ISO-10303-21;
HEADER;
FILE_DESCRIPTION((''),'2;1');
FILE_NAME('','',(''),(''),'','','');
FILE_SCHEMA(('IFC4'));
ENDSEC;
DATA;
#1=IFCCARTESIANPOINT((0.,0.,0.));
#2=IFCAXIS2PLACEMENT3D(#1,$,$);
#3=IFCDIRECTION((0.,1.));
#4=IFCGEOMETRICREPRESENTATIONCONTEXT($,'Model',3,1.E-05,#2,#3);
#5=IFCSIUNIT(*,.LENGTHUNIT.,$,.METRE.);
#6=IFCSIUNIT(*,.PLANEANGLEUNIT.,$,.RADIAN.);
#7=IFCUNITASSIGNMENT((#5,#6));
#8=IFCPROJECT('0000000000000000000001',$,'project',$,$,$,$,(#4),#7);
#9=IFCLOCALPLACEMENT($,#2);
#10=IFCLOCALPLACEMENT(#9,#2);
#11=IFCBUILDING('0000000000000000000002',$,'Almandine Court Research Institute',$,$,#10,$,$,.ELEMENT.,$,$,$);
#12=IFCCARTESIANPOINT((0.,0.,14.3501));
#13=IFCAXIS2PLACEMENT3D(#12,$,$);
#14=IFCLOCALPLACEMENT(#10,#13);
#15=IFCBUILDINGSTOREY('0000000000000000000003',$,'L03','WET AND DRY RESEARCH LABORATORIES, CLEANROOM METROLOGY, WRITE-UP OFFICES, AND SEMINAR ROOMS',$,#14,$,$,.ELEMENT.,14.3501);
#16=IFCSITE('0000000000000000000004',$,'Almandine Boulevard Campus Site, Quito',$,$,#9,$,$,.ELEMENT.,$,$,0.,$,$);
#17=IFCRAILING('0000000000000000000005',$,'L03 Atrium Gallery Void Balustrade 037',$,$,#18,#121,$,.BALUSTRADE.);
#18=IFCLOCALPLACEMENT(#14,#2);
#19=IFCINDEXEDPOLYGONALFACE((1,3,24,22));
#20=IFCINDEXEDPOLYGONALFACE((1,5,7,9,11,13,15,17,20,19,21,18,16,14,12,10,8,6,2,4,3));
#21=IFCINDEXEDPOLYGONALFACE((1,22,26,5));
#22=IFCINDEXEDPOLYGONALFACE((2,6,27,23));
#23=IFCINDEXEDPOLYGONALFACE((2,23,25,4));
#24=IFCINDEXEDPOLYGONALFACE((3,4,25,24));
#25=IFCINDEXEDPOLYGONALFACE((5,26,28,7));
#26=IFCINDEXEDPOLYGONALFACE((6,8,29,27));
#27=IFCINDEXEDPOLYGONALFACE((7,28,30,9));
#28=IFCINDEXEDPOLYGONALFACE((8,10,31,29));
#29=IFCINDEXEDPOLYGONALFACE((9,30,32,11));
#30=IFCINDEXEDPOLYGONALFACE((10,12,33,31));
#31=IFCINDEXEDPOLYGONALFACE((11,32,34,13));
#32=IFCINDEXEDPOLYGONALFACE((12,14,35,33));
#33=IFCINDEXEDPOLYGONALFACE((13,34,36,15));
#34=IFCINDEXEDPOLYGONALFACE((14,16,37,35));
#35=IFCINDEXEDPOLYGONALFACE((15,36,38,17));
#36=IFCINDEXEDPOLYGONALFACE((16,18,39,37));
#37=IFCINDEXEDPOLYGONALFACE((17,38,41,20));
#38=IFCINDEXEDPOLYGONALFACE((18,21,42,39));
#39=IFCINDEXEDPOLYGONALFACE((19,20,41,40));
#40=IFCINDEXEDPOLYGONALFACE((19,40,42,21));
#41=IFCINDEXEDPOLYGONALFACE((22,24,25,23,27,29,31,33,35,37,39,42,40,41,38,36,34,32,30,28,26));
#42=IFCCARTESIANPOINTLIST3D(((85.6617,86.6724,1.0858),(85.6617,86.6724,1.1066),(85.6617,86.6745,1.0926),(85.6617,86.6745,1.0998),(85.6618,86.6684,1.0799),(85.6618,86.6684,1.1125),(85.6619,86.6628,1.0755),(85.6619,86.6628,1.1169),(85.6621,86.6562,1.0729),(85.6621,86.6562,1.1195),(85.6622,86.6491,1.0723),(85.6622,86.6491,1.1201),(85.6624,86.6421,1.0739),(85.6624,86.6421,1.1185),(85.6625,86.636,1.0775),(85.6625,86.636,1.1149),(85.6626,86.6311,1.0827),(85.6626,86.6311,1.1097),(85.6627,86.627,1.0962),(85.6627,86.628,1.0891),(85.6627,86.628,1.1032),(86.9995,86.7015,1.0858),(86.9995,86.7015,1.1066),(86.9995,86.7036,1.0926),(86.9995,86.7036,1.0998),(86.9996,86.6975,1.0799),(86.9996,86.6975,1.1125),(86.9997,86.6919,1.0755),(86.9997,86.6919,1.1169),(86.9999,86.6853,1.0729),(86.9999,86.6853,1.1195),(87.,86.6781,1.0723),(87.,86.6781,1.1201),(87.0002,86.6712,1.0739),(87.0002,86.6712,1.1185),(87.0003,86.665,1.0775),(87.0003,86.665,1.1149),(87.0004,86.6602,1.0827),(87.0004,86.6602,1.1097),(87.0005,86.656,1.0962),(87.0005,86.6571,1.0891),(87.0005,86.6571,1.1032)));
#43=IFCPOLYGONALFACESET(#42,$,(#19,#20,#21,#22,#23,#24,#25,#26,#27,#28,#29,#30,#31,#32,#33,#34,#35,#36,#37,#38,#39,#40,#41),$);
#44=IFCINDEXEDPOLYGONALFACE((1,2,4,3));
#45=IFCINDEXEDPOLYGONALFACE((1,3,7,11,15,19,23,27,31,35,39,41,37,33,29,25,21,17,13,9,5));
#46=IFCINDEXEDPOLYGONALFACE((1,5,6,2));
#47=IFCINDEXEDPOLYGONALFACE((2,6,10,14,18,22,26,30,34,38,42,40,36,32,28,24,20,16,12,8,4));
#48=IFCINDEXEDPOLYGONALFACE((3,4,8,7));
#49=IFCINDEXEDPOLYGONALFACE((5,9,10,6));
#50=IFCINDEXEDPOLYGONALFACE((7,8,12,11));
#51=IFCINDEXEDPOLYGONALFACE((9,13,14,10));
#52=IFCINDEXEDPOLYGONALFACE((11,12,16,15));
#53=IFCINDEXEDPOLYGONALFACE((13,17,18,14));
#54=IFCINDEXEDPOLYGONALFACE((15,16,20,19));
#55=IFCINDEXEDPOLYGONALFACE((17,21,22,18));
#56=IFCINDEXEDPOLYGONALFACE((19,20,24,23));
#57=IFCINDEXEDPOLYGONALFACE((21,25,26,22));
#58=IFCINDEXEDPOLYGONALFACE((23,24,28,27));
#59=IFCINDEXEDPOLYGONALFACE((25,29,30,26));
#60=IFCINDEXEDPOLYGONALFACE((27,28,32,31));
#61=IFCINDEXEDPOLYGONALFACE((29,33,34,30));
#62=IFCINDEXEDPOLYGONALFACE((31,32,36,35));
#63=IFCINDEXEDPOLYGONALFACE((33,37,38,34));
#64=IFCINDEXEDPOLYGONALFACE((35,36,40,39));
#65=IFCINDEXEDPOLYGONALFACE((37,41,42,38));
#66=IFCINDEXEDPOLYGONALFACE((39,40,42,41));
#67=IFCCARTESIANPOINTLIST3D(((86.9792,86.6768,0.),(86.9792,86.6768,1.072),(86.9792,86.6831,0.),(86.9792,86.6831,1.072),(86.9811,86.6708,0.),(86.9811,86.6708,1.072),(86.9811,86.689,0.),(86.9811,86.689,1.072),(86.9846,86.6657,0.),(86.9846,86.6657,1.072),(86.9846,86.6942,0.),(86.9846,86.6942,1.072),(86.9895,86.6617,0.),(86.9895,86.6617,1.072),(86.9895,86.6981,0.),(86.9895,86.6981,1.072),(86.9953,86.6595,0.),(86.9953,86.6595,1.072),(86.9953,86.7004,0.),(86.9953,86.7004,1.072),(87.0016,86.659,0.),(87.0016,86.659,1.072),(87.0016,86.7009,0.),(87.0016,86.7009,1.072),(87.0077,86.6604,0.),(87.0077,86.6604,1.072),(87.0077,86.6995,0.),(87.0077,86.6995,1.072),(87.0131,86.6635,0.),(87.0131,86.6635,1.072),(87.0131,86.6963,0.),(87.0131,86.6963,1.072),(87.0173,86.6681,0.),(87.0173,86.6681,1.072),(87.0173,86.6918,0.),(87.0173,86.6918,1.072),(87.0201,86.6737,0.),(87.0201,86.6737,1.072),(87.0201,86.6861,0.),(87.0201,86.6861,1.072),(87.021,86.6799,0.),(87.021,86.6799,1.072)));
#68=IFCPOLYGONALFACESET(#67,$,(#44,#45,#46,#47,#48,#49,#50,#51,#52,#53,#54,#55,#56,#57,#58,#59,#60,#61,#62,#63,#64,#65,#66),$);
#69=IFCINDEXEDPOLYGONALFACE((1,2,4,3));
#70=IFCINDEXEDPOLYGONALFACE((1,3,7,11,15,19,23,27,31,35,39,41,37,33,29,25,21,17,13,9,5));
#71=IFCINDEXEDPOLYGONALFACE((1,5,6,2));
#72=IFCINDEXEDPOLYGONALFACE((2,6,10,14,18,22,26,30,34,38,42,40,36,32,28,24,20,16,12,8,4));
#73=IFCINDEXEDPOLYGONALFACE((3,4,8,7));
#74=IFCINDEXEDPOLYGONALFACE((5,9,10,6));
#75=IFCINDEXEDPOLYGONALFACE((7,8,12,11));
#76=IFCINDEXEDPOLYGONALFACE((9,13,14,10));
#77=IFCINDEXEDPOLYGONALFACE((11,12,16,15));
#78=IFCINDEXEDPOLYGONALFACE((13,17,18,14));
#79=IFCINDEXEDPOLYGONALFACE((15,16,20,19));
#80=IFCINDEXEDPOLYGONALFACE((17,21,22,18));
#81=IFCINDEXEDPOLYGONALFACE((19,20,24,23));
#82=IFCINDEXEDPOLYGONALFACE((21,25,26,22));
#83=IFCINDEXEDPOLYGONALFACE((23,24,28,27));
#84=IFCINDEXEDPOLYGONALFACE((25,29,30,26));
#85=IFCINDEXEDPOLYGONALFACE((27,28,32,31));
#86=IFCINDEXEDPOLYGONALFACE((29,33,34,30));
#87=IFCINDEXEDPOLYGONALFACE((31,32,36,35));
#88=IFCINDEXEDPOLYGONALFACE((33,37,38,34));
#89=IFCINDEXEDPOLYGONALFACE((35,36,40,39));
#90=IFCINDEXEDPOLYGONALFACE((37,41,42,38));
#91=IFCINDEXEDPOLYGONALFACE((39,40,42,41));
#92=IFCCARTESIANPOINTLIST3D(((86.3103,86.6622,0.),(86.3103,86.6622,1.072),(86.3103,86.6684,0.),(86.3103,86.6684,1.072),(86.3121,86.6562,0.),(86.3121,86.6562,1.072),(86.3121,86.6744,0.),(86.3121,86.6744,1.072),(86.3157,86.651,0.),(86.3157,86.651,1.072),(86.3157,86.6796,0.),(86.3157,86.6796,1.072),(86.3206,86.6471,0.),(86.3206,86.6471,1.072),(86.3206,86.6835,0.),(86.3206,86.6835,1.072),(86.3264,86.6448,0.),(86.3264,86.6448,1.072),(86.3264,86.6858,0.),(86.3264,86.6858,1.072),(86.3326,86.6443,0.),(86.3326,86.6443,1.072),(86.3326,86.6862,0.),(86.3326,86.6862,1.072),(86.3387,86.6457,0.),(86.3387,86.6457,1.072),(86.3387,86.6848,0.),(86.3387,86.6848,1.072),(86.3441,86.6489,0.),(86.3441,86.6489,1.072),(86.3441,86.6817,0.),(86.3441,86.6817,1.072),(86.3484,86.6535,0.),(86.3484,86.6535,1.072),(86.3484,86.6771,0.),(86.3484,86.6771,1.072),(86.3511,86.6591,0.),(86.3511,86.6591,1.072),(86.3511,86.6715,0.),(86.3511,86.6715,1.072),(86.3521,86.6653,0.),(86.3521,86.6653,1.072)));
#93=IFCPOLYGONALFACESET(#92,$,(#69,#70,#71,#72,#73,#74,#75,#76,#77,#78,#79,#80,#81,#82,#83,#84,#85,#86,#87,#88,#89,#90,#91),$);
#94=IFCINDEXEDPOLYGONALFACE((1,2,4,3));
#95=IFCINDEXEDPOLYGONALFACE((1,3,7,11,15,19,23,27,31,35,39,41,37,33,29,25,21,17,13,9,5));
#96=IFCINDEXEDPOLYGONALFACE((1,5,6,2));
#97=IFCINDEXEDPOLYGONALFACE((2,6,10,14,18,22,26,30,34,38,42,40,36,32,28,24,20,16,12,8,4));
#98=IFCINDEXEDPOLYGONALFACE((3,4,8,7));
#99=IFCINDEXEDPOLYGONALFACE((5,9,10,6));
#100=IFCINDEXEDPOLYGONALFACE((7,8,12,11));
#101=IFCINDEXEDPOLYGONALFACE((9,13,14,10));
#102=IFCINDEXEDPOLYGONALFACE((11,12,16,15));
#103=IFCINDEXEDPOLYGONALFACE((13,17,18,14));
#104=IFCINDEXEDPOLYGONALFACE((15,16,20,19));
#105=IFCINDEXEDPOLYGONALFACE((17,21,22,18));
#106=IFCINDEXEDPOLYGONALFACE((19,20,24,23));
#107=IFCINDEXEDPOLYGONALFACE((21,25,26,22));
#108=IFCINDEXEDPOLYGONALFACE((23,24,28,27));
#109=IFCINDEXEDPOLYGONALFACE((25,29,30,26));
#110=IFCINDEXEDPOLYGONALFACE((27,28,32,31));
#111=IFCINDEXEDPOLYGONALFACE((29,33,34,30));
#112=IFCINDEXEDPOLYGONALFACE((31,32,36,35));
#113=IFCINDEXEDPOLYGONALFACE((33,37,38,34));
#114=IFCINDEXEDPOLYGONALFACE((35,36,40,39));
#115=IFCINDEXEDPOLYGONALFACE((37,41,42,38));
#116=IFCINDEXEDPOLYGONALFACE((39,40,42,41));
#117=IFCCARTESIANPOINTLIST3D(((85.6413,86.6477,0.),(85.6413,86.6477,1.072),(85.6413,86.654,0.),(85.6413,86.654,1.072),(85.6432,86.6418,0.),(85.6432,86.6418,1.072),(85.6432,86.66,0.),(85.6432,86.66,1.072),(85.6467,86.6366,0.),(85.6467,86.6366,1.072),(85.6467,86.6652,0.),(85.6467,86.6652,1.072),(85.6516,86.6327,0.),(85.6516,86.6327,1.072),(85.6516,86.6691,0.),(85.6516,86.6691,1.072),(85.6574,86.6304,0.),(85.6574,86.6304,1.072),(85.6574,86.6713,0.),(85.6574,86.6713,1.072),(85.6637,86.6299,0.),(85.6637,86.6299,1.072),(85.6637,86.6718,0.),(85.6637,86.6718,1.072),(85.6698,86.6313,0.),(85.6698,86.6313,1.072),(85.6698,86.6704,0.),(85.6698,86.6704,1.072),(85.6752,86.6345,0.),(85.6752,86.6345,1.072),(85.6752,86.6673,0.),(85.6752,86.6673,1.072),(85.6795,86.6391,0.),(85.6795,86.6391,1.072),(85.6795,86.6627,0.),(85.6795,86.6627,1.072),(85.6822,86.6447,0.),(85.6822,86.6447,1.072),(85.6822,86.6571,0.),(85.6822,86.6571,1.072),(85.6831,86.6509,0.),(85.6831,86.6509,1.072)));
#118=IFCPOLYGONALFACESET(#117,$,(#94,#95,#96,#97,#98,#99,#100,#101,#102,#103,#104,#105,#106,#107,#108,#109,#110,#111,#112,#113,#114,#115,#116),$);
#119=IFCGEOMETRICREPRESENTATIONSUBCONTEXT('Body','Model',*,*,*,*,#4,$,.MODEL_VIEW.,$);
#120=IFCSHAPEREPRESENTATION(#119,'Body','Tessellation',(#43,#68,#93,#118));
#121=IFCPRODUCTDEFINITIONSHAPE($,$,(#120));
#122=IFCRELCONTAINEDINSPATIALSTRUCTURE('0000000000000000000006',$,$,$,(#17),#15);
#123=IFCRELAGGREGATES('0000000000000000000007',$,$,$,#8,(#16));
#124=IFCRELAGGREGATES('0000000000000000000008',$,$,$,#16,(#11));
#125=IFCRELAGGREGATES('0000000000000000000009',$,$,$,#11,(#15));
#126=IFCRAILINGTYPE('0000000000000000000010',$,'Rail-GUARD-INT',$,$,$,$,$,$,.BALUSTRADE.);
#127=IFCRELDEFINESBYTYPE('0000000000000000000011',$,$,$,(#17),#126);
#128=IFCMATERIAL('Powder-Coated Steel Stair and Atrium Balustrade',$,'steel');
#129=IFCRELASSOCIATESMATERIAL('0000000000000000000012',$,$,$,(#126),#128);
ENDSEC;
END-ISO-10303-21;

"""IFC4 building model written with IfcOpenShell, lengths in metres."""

from ifc_helpers import new_model, si_unit, direction, frame, origin, origin_2d, place, context, subcontext, project, spatial, circle, extrude, material, type_object, element, save


model = new_model("IFC4")

# Units and contexts
model_context = context("Model", 3, precision=1e-05, world=origin(), true_north=direction((0.0, 1.0)))
body_context = subcontext(model_context, "Body", "Model", "MODEL_VIEW")
ifc_project = project(units=[si_unit("LENGTHUNIT", "METRE"), si_unit("PLANEANGLEUNIT", "RADIAN")], contexts=[model_context])

# Site, building, storey
site_placement = place(None, origin())
site = spatial("IfcSite", under=ifc_project, at=site_placement, Name="Almandine Boulevard Campus Site, Quito", CompositionType="ELEMENT", RefElevation=0.0)
building_placement = place(site_placement, origin())
building = spatial("IfcBuilding", under=site, at=building_placement, Name="Almandine Court Research Institute", CompositionType="ELEMENT")
storey_placement = place(building_placement, frame((0.0, 0.0, 14.3501)))
storey = spatial("IfcBuildingStorey", under=building, at=storey_placement, Name="L03", Description="WET AND DRY RESEARCH LABORATORIES, CLEANROOM METROLOGY, WRITE-UP OFFICES, AND SEMINAR ROOMS", CompositionType="ELEMENT", Elevation=14.3501)

# Railing
ifc_material_1 = material(Name="Powder-Coated Steel Stair and Atrium Balustrade", Category="steel")
railing_type = type_object("IfcRailingType", Name="Rail-GUARD-INT", PredefinedType="BALUSTRADE", material=ifc_material_1)
railing_1_placement = place(storey_placement, frame((87.0, 86.6799, 0.0)))
element("IfcRailing", 1, at=railing_1_placement, inside=storey, type_object=railing_type, Name="L03 Atrium Gallery Void Balustrade 037", PredefinedType="BALUSTRADE", context=body_context, shape_type="SweptSolid", body=[
    extrude(circle(Radius=0.0239, at=origin_2d()), frame((0.0, 0.0, 1.0962), z_axis=(-0.999764, -0.02171, 0.0), x_axis=(0.02171, -0.999764, 0.0)), (0.0, 0.0, 1.0), 1.3381),
    extrude(circle(Radius=0.021, at=origin_2d()), origin(), (0.0, 0.0, 1.0), 1.072),
    extrude(circle(Radius=0.021, at=origin_2d()), frame((-0.6689, -0.0146, 0.0)), (0.0, 0.0, 1.0), 1.072),
    extrude(circle(Radius=0.021, at=origin_2d()), frame((-1.3379, -0.0291, 0.0)), (0.0, 0.0, 1.0), 1.072),
])

save(model, "model.ifc")
